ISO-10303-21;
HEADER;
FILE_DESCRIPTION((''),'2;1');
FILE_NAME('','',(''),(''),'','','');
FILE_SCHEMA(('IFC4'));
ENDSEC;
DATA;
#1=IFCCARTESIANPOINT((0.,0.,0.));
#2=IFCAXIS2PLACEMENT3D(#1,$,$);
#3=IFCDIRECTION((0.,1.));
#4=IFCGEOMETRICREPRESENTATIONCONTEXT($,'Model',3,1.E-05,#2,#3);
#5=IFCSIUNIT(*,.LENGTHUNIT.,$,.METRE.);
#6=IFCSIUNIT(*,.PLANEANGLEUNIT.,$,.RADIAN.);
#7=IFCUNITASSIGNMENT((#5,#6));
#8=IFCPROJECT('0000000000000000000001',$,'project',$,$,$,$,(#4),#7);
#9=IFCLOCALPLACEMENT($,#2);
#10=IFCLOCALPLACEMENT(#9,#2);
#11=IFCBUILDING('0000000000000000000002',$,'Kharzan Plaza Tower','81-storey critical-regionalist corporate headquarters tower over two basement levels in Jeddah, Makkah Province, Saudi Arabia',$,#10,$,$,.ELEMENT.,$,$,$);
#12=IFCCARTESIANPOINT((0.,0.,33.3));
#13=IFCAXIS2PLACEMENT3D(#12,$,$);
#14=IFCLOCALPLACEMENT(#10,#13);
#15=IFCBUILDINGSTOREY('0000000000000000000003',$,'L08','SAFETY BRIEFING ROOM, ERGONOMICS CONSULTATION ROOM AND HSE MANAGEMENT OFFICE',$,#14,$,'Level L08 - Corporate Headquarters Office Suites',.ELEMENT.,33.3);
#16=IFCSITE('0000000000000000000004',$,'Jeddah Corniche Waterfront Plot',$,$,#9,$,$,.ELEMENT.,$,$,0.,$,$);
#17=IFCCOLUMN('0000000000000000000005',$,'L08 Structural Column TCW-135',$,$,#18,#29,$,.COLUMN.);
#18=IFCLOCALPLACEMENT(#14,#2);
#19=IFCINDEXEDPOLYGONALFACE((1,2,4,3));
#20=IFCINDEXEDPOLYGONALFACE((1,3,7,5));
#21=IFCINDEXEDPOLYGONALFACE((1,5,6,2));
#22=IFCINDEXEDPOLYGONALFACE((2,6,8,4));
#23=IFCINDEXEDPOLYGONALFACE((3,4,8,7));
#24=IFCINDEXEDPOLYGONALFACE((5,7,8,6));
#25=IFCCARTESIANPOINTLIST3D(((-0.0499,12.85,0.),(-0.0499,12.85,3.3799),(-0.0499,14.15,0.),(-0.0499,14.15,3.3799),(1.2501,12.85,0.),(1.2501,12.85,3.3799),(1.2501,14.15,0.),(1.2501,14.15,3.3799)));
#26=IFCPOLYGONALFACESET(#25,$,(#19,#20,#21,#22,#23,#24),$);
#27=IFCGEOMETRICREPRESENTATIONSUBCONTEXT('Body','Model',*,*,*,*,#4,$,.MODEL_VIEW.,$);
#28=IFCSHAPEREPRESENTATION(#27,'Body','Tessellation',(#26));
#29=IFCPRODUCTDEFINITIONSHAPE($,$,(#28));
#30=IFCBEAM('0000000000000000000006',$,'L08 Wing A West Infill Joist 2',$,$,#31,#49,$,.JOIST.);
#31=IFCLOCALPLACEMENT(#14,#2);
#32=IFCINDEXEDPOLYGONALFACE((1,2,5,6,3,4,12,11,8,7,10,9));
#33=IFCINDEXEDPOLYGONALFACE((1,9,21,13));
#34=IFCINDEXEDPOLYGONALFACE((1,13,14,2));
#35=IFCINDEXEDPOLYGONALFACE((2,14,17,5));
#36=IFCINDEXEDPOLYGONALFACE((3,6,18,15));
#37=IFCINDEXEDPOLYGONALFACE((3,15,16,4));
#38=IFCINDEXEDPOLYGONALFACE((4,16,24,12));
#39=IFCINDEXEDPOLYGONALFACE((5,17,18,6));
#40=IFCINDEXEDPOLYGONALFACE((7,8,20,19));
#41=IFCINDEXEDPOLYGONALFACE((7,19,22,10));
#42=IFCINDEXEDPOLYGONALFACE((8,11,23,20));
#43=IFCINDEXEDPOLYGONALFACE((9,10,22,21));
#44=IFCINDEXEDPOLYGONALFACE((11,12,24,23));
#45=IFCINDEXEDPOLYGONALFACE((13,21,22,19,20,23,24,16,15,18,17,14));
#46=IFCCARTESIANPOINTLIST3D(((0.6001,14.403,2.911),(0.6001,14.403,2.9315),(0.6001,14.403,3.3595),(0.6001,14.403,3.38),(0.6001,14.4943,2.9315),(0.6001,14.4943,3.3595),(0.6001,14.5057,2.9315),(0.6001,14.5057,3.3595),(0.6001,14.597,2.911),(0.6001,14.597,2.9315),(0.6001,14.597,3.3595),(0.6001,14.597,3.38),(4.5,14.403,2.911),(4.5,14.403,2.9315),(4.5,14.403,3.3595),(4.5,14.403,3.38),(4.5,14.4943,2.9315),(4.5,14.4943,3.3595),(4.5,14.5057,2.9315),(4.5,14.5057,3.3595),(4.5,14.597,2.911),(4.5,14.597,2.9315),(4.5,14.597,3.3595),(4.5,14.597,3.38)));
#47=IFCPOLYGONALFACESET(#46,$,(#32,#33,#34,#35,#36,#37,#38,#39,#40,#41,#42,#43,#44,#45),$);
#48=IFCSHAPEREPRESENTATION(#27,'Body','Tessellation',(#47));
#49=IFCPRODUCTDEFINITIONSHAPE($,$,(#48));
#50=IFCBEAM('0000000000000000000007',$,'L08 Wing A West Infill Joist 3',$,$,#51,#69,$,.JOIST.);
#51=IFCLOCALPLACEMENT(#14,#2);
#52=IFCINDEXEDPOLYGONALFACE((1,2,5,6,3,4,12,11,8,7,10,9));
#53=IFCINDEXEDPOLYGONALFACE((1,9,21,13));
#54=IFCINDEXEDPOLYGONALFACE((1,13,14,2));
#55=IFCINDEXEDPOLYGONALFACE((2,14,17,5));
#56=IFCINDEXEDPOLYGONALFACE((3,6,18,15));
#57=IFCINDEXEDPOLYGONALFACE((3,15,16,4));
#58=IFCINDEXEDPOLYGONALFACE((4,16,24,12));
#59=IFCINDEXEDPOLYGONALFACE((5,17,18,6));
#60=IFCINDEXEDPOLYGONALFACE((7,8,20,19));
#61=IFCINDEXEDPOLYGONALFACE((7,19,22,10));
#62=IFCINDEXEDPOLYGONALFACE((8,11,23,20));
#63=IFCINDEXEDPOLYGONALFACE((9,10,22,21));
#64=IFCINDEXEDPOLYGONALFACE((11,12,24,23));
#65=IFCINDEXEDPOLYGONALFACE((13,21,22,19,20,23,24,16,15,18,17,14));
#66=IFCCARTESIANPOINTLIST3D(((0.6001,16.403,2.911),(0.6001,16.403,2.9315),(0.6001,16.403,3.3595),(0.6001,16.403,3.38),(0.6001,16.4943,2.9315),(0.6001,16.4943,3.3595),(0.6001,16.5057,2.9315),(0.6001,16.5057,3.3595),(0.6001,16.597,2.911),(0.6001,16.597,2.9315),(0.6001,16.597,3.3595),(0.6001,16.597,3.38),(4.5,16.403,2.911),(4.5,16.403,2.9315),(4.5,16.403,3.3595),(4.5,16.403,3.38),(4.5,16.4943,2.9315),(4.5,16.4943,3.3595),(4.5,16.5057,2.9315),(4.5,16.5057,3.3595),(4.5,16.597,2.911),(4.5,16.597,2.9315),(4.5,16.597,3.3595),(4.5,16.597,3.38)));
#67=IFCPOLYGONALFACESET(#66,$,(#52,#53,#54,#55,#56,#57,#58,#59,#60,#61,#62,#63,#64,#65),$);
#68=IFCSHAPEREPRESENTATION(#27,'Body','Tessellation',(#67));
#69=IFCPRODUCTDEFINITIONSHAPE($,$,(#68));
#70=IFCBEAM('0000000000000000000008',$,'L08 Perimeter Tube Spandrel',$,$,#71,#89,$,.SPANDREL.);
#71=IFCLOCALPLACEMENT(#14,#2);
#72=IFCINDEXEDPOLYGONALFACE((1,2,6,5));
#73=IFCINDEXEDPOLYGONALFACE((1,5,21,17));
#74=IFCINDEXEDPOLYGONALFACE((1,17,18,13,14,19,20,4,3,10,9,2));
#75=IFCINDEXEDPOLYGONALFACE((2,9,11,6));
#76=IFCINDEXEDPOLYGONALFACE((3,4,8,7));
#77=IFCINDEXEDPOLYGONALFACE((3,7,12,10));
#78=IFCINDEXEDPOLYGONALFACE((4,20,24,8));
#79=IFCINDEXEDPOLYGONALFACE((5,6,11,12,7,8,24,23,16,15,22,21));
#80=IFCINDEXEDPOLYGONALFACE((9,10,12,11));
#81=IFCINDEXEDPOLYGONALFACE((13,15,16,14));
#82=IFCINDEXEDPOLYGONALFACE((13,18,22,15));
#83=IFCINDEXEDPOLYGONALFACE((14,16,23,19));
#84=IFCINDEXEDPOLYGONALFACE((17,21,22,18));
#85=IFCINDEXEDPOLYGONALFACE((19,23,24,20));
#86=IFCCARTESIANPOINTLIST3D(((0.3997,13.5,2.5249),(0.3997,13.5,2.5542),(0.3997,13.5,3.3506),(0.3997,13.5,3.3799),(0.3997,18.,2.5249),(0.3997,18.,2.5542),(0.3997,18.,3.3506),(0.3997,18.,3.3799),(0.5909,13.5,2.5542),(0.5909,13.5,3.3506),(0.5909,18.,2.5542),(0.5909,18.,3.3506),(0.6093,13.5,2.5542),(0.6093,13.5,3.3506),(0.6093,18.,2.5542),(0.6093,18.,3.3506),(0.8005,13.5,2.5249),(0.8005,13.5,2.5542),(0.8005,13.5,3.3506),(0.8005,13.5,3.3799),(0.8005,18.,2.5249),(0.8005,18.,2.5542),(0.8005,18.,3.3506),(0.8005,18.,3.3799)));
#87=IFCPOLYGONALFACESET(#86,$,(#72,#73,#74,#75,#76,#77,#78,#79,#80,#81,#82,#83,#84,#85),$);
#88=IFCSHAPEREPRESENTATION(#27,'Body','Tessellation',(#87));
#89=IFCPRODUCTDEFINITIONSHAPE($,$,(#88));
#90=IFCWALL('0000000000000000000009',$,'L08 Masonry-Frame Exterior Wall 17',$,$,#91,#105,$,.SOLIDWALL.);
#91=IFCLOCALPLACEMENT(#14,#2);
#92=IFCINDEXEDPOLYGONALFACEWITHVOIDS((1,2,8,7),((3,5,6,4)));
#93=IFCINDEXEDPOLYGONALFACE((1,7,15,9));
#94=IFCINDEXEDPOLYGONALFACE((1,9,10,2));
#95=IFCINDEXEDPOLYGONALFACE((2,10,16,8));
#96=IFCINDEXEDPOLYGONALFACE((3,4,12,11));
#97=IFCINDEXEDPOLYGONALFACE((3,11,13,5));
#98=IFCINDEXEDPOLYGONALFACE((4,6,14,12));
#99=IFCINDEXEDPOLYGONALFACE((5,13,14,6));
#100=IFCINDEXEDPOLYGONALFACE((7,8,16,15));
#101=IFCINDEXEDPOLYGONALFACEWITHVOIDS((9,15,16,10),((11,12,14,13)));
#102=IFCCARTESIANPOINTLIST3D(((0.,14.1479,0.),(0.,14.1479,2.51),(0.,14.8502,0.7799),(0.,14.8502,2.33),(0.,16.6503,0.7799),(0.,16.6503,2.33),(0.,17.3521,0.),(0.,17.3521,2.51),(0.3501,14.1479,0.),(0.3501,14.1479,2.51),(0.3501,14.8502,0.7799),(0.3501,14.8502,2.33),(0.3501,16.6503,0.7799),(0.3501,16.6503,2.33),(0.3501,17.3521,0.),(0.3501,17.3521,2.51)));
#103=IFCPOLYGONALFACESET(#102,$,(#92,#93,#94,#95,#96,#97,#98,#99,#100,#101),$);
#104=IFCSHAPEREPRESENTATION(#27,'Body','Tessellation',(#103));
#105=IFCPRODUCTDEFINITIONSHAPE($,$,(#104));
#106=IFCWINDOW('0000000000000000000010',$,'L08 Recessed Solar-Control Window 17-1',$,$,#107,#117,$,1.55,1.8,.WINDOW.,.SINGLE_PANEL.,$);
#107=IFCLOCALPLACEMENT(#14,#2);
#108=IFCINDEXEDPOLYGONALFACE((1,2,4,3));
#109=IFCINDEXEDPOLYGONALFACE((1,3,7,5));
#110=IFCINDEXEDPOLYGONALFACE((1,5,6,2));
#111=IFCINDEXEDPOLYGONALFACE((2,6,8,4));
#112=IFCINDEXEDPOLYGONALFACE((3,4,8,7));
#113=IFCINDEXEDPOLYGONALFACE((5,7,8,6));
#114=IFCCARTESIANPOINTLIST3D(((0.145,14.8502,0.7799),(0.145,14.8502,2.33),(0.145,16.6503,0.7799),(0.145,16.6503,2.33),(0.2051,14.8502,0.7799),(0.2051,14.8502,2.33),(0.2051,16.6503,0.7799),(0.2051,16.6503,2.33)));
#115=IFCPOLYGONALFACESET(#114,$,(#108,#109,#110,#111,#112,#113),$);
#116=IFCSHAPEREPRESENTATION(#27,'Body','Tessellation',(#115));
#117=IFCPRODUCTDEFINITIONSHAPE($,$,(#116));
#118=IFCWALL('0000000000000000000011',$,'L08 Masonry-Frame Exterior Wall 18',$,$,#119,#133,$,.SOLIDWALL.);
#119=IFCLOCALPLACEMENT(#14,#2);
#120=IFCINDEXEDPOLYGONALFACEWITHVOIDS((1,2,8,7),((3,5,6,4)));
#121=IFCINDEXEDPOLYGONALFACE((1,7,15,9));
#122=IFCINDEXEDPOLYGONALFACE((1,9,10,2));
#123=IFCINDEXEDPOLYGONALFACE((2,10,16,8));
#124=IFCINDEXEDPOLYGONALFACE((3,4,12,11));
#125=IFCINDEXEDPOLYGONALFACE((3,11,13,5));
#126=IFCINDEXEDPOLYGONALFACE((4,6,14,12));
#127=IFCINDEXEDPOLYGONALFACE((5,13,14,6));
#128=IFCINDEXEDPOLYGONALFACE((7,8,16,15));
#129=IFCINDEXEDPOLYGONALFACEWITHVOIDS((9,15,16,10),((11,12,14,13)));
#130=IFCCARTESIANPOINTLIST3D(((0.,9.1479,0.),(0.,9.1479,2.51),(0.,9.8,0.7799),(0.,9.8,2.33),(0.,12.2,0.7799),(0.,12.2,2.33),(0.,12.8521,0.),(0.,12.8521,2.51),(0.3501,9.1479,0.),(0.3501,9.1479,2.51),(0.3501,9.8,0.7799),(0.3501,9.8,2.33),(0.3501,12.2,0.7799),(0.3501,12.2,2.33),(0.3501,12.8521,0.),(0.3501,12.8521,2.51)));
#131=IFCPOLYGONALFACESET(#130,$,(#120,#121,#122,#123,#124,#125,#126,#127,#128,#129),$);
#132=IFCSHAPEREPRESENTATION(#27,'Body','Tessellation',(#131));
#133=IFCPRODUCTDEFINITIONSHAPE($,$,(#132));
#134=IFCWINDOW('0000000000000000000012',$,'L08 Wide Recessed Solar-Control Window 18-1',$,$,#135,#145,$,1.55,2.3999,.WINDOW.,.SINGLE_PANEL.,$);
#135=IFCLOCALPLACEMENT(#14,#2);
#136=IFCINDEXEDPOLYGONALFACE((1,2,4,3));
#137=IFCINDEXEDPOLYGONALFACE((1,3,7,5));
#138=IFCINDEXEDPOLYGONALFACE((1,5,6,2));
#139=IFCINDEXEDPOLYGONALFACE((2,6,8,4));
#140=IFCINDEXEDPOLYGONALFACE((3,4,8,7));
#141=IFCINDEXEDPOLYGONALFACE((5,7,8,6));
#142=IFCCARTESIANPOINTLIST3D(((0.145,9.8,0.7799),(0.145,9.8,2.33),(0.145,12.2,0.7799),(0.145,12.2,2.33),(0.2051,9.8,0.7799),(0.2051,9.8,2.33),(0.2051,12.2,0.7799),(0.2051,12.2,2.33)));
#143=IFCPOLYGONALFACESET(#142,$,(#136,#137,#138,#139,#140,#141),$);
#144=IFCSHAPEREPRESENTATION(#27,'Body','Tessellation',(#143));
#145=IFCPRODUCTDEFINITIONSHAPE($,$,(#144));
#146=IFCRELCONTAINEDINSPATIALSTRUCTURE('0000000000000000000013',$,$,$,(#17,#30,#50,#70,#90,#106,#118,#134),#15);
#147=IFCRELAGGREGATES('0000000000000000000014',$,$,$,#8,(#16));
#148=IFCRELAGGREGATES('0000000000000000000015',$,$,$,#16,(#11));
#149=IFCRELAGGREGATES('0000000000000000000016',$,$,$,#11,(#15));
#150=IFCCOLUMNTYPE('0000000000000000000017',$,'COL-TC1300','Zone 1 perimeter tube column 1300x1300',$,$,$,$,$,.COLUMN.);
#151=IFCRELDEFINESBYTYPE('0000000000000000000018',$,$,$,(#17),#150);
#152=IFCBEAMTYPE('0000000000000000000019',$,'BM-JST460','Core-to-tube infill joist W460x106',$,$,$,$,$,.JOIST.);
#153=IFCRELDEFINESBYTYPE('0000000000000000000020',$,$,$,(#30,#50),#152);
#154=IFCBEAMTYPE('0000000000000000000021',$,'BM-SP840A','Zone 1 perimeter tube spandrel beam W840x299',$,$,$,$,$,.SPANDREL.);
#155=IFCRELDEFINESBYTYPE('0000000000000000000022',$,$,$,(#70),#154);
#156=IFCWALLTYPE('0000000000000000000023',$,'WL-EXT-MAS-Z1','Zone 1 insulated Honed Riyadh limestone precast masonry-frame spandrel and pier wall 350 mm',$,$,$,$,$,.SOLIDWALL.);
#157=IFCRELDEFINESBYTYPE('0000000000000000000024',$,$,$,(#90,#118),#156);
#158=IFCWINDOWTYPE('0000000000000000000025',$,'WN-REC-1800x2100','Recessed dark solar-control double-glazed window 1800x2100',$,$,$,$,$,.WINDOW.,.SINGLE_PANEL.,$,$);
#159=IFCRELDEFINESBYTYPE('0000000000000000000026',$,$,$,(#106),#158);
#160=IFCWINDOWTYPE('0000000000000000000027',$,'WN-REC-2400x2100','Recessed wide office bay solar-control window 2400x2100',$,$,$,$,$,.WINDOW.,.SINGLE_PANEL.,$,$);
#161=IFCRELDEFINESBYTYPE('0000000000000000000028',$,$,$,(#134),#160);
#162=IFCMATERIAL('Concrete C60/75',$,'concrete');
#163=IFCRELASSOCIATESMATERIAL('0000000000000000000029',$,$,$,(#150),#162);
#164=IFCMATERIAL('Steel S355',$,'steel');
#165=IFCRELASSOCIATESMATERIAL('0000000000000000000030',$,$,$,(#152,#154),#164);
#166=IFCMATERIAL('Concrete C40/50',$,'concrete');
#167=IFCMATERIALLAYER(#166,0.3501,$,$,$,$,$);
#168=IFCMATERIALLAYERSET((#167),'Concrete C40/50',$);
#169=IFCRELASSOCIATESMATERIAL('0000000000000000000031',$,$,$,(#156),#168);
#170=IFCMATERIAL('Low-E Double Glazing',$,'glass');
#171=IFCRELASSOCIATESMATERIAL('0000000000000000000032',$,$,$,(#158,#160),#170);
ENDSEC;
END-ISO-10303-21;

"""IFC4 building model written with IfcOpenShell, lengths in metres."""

from ifc_helpers import new_model, si_unit, direction, frame, frame_2d, origin, origin_2d, place, context, subcontext, project, spatial, rectangle, i_section, extrude, source, transform, mapped, material, layer, layer_set, material_profile, profile_set, type_object, element, fill, save


model = new_model("IFC4")

# Units and contexts
model_context = context("Model", 3, precision=1e-05, world=origin(), true_north=direction((0.0, 1.0)))
body_context = subcontext(model_context, "Body", "Model", "MODEL_VIEW")
ifc_project = project(units=[si_unit("LENGTHUNIT", "METRE"), si_unit("PLANEANGLEUNIT", "RADIAN")], contexts=[model_context])

# Site, building, storey
site_placement = place(None, origin())
site = spatial("IfcSite", under=ifc_project, at=site_placement, Name="Jeddah Corniche Waterfront Plot", CompositionType="ELEMENT", RefElevation=0.0)
building_placement = place(site_placement, origin())
building = spatial("IfcBuilding", under=site, at=building_placement, Name="Kharzan Plaza Tower", Description="81-storey critical-regionalist corporate headquarters tower over two basement levels in Jeddah, Makkah Province, Saudi Arabia", CompositionType="ELEMENT")
storey_placement = place(building_placement, frame((0.0, 0.0, 33.3)))
storey = spatial("IfcBuildingStorey", under=building, at=storey_placement, Name="L08", Description="SAFETY BRIEFING ROOM, ERGONOMICS CONSULTATION ROOM AND HSE MANAGEMENT OFFICE", LongName="Level L08 - Corporate Headquarters Office Suites", CompositionType="ELEMENT", Elevation=33.3)

# Column
ifc_material_1 = material(Name="Concrete C60/75", Category="concrete")
ifc_material_profile_1 = material_profile(ifc_material_1, rectangle(XDim=1.3, YDim=1.3, at=origin_2d()), Name="RC-TC1300x1300")
ifc_profile_set_1 = profile_set([ifc_material_profile_1], Name="Concrete C60/75")
column_type = type_object("IfcColumnType", Name="COL-TC1300", Description="Zone 1 perimeter tube column 1300x1300", PredefinedType="COLUMN", material=ifc_profile_set_1)
shared_shape_1 = source(origin(), body_context, "Body", "SweptSolid", [
    extrude(rectangle(XDim=1.3, YDim=1.3, at=origin_2d()), origin(), (0.0, 0.0, 1.0), 3.3799),
])
column_placement = place(storey_placement, frame((0.6001, 13.5, 0.0), z_axis=(0.0, 0.0, 1.0), x_axis=(1.0, 0.0, 0.0)))
element("IfcColumn", 1, at=column_placement, inside=storey, type_object=column_type, Name="L08 Structural Column TCW-135", PredefinedType="COLUMN", context=body_context, shape_type="MappedRepresentation", body=[
    mapped(shared_shape_1, transform((0.0, 0.0, 0.0), x_axis=(1.0, 0.0, 0.0), y_axis=(0.0, 1.0, 0.0), z_axis=(0.0, 0.0, 1.0))),
])

# Beams
ifc_material_2 = material(Name="Steel S355", Category="steel")
ifc_material_profile_2 = material_profile(ifc_material_2, i_section(OverallWidth=0.1941, OverallDepth=0.469, WebThickness=0.0115, FlangeThickness=0.0205, at=origin_2d()), Name="W460x106")
ifc_profile_set_2 = profile_set([ifc_material_profile_2], Name="Steel S355")
beam_type_1 = type_object("IfcBeamType", Name="BM-JST460", Description="Core-to-tube infill joist W460x106", PredefinedType="JOIST", material=ifc_profile_set_2)
shared_shape_2 = source(origin(), body_context, "Body", "SweptSolid", [
    extrude(i_section(OverallWidth=0.1941, OverallDepth=0.469, WebThickness=0.0115, FlangeThickness=0.0205, at=origin_2d()), origin(), (0.0, 0.0, 1.0), 3.8999),
])
for number, where, z_axis, x_axis, name in (
    (2, (0.6001, 14.5, 3.1455), (1.0, 0.0, 0.0), (0.0, 1.0, 0.0), "L08 Wing A West Infill Joist 2"),
    (3, (0.6001, 16.5, 3.1455), (1.0, 0.0, 0.0), (0.0, 1.0, 0.0), "L08 Wing A West Infill Joist 3"),
):
    element("IfcBeam", number, at=place(storey_placement, frame(where, z_axis=z_axis, x_axis=x_axis)), inside=storey, type_object=beam_type_1, Name=name, PredefinedType="JOIST", context=body_context, shape_type="MappedRepresentation", body=[
        mapped(shared_shape_2, transform((0.0, 0.0, 0.0), x_axis=(1.0, 0.0, 0.0), y_axis=(0.0, 1.0, 0.0), z_axis=(0.0, 0.0, 1.0))),
    ])
ifc_material_profile_3 = material_profile(ifc_material_2, i_section(OverallWidth=0.4009, OverallDepth=0.855, WebThickness=0.0183, FlangeThickness=0.0293, at=origin_2d()), Name="W840x299")
ifc_profile_set_3 = profile_set([ifc_material_profile_3], Name="Steel S355")
beam_type_2 = type_object("IfcBeamType", Name="BM-SP840A", Description="Zone 1 perimeter tube spandrel beam W840x299", PredefinedType="SPANDREL", material=ifc_profile_set_3)
shared_shape_3 = source(origin(), body_context, "Body", "SweptSolid", [
    extrude(i_section(OverallWidth=0.4009, OverallDepth=0.855, WebThickness=0.0183, FlangeThickness=0.0293, at=origin_2d()), origin(), (0.0, 0.0, 1.0), 4.5),
])
beam_placement = place(storey_placement, frame((0.6001, 13.5, 2.9524), z_axis=(0.0, 1.0, 0.0), x_axis=(-1.0, 0.0, 0.0)))
element("IfcBeam", 4, at=beam_placement, inside=storey, type_object=beam_type_2, Name="L08 Perimeter Tube Spandrel", PredefinedType="SPANDREL", context=body_context, shape_type="MappedRepresentation", body=[
    mapped(shared_shape_3, transform((0.0, 0.0, 0.0), x_axis=(1.0, 0.0, 0.0), y_axis=(0.0, 1.0, 0.0), z_axis=(0.0, 0.0, 1.0))),
])

# Walls, openings, windows
ifc_material_3 = material(Name="Concrete C40/50", Category="concrete")
ifc_layer_1 = layer(ifc_material_3, 0.3501)
ifc_layer_set_1 = layer_set([ifc_layer_1], Name="Concrete C40/50")
wall_type_1 = type_object("IfcWallType", Name="WL-EXT-MAS-Z1", Description="Zone 1 insulated Honed Riyadh limestone precast masonry-frame spandrel and pier wall 350 mm", PredefinedType="SOLIDWALL", material=ifc_layer_set_1)
wall_1_placement = place(storey_placement, frame((0.175, 17.3521, 0.0), z_axis=(0.0, 0.0, 1.0), x_axis=(0.0, -1.0, 0.0)))
wall_1 = element("IfcWall", 5, at=wall_1_placement, inside=storey, type_object=wall_type_1, Name="L08 Masonry-Frame Exterior Wall 17", PredefinedType="SOLIDWALL", context=body_context, shape_type="SweptSolid", body=[
    extrude(rectangle(XDim=3.2041, YDim=0.3501, at=frame_2d((1.6021, 0.0))), origin(), (0.0, 0.0, 1.0), 2.51),
])
opening_1_placement = place(wall_1_placement, frame((0.7019, 0.0, 0.78)))
opening_1 = element("IfcOpeningElement", 6, at=opening_1_placement, cuts=wall_1, PredefinedType="OPENING", context=body_context, shape_type="SweptSolid", body=[
    extrude(rectangle(XDim=1.8, YDim=1.55, at=frame_2d((0.8999, 0.7749))), frame((0.0, 0.1851, 0.0), z_axis=(0.0, -1.0, 0.0), x_axis=(1.0, 0.0, 0.0)), (0.0, 0.0, 1.0), 0.3701),
])
ifc_material_4 = material(Name="Low-E Double Glazing", Category="glass")
window_type_1 = type_object("IfcWindowType", Name="WN-REC-1800x2100", Description="Recessed dark solar-control double-glazed window 1800x2100", PartitioningType="SINGLE_PANEL", PredefinedType="WINDOW", material=ifc_material_4)
shared_shape_4 = source(origin(), body_context, "Body", "SweptSolid", [
    extrude(rectangle(XDim=1.8, YDim=1.55, at=frame_2d((0.8999, 0.7749))), frame((0.0, 0.03, 0.0), z_axis=(0.0, -1.0, 0.0), x_axis=(1.0, 0.0, 0.0)), (0.0, 0.0, 1.0), 0.0601),
])
window_1_placement = place(opening_1_placement, origin())
window_1 = element("IfcWindow", 7, at=window_1_placement, inside=storey, type_object=window_type_1, Name="L08 Recessed Solar-Control Window 17-1", OverallHeight=1.55, OverallWidth=1.8, PartitioningType="SINGLE_PANEL", PredefinedType="WINDOW", context=body_context, shape_type="MappedRepresentation", body=[
    mapped(shared_shape_4, transform((0.0, 0.0, 0.0), x_axis=(1.0, 0.0, 0.0), y_axis=(0.0, 1.0, 0.0), z_axis=(0.0, 0.0, 1.0))),
])
fill(opening_1, window_1)
wall_2_placement = place(storey_placement, frame((0.175, 12.8521, 0.0), z_axis=(0.0, 0.0, 1.0), x_axis=(0.0, -1.0, 0.0)))
wall_2 = element("IfcWall", 8, at=wall_2_placement, inside=storey, type_object=wall_type_1, Name="L08 Masonry-Frame Exterior Wall 18", PredefinedType="SOLIDWALL", context=body_context, shape_type="SweptSolid", body=[
    extrude(rectangle(XDim=3.7041, YDim=0.3501, at=frame_2d((1.8521, 0.0))), origin(), (0.0, 0.0, 1.0), 2.51),
])
opening_2_placement = place(wall_2_placement, frame((0.6521, 0.0, 0.78)))
opening_2 = element("IfcOpeningElement", 9, at=opening_2_placement, cuts=wall_2, PredefinedType="OPENING", context=body_context, shape_type="SweptSolid", body=[
    extrude(rectangle(XDim=2.3999, YDim=1.55, at=frame_2d((1.2, 0.7749))), frame((0.0, 0.1851, 0.0), z_axis=(0.0, -1.0, 0.0), x_axis=(1.0, 0.0, 0.0)), (0.0, 0.0, 1.0), 0.3701),
])
window_type_2 = type_object("IfcWindowType", Name="WN-REC-2400x2100", Description="Recessed wide office bay solar-control window 2400x2100", PartitioningType="SINGLE_PANEL", PredefinedType="WINDOW", material=ifc_material_4)
shared_shape_5 = source(origin(), body_context, "Body", "SweptSolid", [
    extrude(rectangle(XDim=2.3999, YDim=1.55, at=frame_2d((1.2, 0.7749))), frame((0.0, 0.03, 0.0), z_axis=(0.0, -1.0, 0.0), x_axis=(1.0, 0.0, 0.0)), (0.0, 0.0, 1.0), 0.0601),
])
window_2_placement = place(opening_2_placement, origin())
window_2 = element("IfcWindow", 10, at=window_2_placement, inside=storey, type_object=window_type_2, Name="L08 Wide Recessed Solar-Control Window 18-1", OverallHeight=1.55, OverallWidth=2.3999, PartitioningType="SINGLE_PANEL", PredefinedType="WINDOW", context=body_context, shape_type="MappedRepresentation", body=[
    mapped(shared_shape_5, transform((0.0, 0.0, 0.0), x_axis=(1.0, 0.0, 0.0), y_axis=(0.0, 1.0, 0.0), z_axis=(0.0, 0.0, 1.0))),
])
fill(opening_2, window_2)

save(model, "model.ifc")
